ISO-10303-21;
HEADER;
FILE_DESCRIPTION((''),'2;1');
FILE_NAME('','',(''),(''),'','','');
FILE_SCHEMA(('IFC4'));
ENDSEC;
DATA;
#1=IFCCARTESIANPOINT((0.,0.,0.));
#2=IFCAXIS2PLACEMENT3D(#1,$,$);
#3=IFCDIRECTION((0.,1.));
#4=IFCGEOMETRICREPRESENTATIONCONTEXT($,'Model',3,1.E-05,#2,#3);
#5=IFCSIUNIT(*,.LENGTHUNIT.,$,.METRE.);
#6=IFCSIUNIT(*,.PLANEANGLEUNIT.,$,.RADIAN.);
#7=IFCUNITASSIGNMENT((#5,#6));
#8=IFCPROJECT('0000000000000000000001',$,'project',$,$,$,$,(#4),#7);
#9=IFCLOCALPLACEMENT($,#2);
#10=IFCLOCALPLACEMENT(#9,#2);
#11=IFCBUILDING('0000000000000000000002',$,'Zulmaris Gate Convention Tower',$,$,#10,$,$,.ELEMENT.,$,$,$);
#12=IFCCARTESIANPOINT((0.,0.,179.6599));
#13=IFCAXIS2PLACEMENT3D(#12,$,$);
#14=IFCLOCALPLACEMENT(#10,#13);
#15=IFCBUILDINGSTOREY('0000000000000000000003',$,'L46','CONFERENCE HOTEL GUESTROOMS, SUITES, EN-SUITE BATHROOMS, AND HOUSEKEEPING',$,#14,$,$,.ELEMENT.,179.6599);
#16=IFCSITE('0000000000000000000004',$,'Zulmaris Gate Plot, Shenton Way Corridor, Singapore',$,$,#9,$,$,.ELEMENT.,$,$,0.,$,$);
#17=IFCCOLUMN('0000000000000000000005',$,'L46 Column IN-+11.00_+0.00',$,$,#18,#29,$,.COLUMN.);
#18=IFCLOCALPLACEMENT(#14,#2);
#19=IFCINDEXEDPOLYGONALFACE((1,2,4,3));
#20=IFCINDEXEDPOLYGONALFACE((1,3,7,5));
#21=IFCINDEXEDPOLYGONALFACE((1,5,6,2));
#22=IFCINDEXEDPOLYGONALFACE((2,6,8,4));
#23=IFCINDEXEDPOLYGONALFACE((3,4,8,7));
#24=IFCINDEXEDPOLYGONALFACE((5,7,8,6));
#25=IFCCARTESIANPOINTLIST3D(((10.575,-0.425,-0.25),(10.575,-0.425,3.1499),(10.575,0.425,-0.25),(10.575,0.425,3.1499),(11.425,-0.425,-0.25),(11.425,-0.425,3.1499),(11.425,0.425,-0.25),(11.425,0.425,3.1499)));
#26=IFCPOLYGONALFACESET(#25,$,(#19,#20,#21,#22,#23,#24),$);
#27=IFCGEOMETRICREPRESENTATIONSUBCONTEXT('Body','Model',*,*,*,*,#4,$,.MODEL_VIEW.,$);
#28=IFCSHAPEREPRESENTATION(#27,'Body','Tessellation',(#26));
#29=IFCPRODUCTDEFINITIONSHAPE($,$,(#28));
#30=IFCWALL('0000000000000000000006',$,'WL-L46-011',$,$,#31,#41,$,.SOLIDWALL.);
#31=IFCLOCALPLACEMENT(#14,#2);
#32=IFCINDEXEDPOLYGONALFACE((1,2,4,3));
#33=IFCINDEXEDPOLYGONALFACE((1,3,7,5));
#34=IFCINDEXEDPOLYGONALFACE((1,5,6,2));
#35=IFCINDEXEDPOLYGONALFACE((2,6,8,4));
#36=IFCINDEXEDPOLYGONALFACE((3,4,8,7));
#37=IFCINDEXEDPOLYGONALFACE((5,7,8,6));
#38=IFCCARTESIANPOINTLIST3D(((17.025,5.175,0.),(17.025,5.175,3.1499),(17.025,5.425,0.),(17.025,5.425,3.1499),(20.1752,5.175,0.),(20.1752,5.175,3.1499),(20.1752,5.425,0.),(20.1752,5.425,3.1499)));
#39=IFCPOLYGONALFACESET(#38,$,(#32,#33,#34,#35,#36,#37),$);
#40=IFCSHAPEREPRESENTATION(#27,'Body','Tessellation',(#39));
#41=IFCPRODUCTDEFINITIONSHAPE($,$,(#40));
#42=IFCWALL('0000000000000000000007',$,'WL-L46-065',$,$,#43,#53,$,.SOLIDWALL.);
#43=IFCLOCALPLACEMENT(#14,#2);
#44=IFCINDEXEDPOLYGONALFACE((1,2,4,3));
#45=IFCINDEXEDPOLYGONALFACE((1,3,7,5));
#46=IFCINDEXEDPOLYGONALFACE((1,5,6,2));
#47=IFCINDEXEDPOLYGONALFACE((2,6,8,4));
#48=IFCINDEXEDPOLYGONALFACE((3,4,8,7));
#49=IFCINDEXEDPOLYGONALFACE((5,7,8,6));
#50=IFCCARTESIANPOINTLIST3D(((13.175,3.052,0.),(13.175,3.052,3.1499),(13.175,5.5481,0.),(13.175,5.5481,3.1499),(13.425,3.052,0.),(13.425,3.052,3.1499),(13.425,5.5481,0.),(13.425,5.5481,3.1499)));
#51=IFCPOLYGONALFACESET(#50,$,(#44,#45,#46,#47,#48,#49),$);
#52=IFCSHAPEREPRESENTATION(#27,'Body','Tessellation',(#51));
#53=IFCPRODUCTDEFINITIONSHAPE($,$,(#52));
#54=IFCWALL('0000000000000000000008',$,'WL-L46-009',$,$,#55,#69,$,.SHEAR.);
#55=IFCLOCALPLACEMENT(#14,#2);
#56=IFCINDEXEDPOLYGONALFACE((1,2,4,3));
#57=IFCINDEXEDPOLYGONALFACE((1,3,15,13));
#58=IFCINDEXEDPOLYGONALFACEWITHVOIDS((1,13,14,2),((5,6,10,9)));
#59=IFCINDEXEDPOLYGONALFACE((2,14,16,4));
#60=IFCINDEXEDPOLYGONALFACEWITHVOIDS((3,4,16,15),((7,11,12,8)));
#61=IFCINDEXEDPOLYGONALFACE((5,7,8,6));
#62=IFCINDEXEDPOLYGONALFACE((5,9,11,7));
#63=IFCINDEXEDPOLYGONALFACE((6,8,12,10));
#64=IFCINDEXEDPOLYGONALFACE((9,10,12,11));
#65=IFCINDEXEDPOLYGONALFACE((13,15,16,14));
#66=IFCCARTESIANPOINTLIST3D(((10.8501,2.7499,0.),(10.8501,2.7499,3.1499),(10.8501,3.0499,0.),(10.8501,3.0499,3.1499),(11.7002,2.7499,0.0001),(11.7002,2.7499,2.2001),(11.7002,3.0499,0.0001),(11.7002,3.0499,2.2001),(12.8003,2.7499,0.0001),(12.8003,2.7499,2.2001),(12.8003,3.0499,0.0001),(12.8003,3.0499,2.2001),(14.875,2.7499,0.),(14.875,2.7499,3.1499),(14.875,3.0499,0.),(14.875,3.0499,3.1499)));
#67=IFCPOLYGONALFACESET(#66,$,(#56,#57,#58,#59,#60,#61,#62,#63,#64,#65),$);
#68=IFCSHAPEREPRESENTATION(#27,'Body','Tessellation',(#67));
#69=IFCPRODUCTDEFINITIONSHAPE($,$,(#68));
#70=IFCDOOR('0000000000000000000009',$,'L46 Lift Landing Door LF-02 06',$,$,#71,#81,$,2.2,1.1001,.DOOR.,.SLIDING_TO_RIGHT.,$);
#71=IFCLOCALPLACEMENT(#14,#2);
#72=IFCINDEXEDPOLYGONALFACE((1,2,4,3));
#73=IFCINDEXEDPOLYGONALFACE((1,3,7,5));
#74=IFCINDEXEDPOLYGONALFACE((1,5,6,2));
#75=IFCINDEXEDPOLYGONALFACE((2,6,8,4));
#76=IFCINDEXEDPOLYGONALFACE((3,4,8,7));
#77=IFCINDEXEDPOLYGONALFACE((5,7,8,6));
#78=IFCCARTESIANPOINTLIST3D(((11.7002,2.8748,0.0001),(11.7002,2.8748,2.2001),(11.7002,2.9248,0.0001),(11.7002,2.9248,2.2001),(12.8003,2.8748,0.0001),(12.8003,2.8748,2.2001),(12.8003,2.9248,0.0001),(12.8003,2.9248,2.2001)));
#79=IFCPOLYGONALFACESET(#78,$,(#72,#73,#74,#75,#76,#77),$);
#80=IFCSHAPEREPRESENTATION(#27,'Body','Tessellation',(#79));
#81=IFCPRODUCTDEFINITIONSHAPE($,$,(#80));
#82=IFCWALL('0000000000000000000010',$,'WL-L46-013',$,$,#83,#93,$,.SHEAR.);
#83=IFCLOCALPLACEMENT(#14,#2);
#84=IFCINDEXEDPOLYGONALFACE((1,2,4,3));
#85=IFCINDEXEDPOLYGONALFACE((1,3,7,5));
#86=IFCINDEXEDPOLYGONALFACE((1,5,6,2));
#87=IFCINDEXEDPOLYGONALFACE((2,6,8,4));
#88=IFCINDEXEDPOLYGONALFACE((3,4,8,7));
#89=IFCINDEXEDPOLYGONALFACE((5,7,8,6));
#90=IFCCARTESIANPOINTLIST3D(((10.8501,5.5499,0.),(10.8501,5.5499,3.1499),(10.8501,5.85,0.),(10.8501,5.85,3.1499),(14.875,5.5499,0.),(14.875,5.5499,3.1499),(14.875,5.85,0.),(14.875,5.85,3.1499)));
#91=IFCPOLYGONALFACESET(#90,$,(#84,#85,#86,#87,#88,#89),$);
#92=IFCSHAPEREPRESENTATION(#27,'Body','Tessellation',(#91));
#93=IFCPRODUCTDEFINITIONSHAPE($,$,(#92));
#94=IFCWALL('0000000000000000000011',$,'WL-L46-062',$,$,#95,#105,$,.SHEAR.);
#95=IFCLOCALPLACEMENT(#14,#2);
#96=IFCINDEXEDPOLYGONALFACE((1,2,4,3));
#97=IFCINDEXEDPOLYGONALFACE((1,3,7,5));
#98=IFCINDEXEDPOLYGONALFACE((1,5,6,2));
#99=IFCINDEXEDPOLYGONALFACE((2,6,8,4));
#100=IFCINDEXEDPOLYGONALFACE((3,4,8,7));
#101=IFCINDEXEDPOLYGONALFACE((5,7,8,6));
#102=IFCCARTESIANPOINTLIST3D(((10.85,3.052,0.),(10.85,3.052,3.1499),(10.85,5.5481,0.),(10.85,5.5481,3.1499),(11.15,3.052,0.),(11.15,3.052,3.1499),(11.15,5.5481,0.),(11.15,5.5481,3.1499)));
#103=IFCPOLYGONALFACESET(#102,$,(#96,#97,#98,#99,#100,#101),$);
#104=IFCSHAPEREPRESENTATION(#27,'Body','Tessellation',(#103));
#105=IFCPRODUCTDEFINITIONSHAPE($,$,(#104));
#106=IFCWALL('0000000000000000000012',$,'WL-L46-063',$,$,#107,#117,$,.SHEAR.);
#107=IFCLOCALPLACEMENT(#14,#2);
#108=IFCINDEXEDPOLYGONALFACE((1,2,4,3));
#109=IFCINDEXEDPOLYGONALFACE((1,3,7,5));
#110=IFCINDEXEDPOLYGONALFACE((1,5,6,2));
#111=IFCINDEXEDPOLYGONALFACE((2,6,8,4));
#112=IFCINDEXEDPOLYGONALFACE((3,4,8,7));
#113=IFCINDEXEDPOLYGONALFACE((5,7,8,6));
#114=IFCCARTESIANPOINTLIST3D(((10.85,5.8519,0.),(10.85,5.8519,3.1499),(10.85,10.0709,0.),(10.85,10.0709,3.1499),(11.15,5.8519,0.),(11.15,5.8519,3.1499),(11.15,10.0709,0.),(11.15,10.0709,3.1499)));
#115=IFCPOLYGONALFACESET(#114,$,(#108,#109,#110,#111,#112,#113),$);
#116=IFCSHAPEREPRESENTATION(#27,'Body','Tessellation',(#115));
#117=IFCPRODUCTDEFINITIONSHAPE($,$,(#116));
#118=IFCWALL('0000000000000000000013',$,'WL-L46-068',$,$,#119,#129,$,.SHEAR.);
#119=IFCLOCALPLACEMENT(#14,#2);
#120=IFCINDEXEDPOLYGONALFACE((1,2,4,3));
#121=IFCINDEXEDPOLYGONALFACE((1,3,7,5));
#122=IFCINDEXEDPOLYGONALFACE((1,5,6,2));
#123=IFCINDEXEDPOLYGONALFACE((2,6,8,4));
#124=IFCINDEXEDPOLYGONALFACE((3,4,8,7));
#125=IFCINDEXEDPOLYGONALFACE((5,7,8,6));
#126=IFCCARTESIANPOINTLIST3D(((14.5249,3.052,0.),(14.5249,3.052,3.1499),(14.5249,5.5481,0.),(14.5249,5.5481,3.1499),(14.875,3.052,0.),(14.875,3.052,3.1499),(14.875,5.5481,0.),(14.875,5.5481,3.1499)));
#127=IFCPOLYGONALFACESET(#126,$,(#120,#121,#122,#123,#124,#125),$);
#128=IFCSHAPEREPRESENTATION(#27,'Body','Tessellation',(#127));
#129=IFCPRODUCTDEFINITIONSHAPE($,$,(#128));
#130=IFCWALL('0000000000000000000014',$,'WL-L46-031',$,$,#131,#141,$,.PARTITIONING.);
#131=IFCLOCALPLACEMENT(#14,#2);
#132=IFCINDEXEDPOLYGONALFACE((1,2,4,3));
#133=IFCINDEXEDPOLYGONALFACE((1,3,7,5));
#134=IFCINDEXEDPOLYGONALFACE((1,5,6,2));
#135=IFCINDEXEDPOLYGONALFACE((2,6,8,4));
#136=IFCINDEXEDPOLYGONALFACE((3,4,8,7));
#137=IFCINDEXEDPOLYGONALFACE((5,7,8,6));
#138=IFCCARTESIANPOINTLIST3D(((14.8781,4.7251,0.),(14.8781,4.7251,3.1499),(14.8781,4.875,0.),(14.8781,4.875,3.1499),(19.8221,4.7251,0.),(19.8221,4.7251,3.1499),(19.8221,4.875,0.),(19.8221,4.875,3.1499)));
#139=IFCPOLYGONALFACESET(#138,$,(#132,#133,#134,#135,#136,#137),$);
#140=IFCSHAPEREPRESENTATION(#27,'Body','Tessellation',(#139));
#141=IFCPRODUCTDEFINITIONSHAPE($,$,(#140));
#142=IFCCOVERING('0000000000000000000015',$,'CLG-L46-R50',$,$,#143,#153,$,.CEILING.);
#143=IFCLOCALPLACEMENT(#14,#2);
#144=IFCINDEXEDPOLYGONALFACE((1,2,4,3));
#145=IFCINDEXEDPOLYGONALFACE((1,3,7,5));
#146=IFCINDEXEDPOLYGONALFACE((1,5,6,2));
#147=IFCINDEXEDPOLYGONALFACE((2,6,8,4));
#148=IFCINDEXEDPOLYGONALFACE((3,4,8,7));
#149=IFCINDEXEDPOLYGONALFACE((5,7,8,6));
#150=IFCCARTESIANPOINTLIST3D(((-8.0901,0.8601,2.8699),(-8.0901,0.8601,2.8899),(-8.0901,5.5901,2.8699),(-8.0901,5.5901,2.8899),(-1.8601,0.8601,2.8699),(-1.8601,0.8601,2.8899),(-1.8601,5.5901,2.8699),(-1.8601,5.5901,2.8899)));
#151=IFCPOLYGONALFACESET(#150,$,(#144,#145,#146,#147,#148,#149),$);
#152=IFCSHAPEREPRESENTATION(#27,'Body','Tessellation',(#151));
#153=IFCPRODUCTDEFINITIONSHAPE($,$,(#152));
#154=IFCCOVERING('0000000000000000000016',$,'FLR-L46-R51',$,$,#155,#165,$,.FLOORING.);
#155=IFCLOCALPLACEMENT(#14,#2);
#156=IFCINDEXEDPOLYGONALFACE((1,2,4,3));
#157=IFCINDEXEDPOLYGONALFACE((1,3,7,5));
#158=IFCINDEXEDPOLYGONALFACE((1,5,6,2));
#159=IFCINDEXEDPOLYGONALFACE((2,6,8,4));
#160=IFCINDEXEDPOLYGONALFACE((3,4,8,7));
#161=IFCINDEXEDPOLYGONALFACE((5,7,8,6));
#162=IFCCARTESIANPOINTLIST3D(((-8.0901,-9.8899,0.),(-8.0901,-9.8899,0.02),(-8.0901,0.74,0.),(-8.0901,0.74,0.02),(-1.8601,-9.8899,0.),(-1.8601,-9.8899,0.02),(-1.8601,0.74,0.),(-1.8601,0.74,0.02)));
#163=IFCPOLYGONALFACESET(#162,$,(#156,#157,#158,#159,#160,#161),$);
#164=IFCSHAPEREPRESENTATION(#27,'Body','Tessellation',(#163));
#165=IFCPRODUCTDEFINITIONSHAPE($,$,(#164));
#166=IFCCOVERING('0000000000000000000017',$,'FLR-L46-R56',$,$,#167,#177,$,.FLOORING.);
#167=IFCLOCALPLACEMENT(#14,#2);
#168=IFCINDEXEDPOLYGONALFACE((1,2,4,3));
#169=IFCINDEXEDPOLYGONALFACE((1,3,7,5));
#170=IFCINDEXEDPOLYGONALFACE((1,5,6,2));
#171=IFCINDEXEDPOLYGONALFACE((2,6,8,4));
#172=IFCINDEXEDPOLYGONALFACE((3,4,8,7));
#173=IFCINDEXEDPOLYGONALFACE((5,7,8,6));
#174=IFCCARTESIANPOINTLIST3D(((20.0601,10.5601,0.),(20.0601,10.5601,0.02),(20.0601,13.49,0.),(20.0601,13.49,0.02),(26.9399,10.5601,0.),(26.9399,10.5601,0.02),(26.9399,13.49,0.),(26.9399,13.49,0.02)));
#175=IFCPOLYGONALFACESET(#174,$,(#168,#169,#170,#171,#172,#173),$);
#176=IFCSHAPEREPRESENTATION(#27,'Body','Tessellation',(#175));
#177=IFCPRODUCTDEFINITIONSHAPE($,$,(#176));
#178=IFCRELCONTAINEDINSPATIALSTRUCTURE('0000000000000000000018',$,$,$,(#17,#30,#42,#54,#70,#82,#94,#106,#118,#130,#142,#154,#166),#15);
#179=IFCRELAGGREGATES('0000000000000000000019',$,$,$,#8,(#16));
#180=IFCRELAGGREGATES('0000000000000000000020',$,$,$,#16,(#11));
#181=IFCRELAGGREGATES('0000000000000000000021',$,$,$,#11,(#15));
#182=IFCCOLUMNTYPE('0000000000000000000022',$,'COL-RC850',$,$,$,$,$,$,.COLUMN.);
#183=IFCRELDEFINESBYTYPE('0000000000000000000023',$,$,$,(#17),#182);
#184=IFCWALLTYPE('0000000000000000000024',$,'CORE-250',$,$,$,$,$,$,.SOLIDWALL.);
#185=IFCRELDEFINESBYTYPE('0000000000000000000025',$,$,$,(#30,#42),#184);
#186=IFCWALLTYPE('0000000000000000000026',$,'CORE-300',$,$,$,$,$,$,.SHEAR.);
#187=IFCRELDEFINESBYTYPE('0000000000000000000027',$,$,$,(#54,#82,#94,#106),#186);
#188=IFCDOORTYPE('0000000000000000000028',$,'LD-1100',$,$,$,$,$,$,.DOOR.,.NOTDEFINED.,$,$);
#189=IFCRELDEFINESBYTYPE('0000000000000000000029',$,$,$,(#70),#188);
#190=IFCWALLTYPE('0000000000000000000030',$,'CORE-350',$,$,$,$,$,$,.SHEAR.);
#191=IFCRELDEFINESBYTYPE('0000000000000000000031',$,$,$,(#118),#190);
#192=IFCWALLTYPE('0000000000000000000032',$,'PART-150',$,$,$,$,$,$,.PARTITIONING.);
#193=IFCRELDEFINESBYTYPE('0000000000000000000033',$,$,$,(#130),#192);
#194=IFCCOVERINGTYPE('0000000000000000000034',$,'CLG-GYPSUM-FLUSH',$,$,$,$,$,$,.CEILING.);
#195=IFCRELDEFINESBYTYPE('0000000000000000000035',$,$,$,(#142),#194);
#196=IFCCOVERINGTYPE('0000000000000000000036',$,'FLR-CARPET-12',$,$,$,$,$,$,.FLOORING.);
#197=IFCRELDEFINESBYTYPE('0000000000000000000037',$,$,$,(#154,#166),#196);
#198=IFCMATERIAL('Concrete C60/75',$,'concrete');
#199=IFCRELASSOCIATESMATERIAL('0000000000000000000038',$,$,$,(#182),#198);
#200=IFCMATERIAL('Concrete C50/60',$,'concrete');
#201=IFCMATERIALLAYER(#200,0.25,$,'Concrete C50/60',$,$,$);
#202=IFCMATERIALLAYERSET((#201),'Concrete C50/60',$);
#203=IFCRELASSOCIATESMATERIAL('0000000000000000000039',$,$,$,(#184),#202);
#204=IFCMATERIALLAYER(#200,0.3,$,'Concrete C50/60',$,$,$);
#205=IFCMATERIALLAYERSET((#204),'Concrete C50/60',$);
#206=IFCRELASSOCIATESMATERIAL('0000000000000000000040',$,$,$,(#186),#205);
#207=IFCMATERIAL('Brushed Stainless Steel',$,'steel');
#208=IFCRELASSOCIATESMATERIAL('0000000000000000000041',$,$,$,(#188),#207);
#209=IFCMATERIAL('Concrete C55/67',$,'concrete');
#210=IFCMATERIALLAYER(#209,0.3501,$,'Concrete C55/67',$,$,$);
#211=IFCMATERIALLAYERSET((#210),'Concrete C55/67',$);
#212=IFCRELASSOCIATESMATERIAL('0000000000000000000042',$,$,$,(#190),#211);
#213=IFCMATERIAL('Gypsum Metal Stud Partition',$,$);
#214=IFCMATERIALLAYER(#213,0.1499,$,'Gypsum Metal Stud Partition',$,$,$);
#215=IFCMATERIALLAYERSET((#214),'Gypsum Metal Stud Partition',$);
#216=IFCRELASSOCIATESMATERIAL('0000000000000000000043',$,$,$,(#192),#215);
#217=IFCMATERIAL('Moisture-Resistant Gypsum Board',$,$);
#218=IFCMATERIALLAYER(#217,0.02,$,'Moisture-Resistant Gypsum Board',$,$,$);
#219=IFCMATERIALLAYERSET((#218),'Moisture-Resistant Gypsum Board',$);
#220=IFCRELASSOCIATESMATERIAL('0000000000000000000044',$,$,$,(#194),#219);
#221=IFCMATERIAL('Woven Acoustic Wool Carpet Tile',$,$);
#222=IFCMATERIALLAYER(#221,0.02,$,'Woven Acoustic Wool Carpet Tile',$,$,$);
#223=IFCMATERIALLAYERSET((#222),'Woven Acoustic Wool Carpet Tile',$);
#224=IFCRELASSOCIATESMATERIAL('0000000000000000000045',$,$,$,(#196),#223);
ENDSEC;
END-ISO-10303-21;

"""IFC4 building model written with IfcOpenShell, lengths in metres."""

from ifc_helpers import new_model, si_unit, direction, frame, frame_2d, origin, origin_2d, place, context, subcontext, project, spatial, polyline, rectangle, outline, extrude, material, layer, layer_set, material_profile, profile_set, type_object, element, fill, save


model = new_model("IFC4")

# Units and contexts
model_context = context("Model", 3, precision=1e-05, world=origin(), true_north=direction((0.0, 1.0)))
body_context = subcontext(model_context, "Body", "Model", "MODEL_VIEW")
ifc_project = project(units=[si_unit("LENGTHUNIT", "METRE"), si_unit("PLANEANGLEUNIT", "RADIAN")], contexts=[model_context])

# Site, building, storey
site_placement = place(None, origin())
site = spatial("IfcSite", under=ifc_project, at=site_placement, Name="Zulmaris Gate Plot, Shenton Way Corridor, Singapore", CompositionType="ELEMENT", RefElevation=0.0)
building_placement = place(site_placement, origin())
building = spatial("IfcBuilding", under=site, at=building_placement, Name="Zulmaris Gate Convention Tower", CompositionType="ELEMENT")
storey_placement = place(building_placement, frame((0.0, 0.0, 179.6599)))
storey = spatial("IfcBuildingStorey", under=building, at=storey_placement, Name="L46", Description="CONFERENCE HOTEL GUESTROOMS, SUITES, EN-SUITE BATHROOMS, AND HOUSEKEEPING", CompositionType="ELEMENT", Elevation=179.6599)

# Column
ifc_material_1 = material(Name="Concrete C60/75", Category="concrete")
ifc_material_profile = material_profile(ifc_material_1, rectangle(XDim=0.8501, YDim=0.8501, at=origin_2d()), Name="RC COL 850x850")
ifc_profile_set = profile_set([ifc_material_profile], Name="Concrete C60/75")
column_type = type_object("IfcColumnType", Name="COL-RC850", PredefinedType="COLUMN", material=ifc_profile_set)
column_placement = place(storey_placement, frame((11.0, 0.0, -0.25), z_axis=(0.0, 0.0, 1.0), x_axis=(1.0, 0.0, 0.0)))
element("IfcColumn", 1, at=column_placement, inside=storey, type_object=column_type, Name="L46 Column IN-+11.00_+0.00", PredefinedType="COLUMN", context=body_context, shape_type="SweptSolid", body=[
    extrude(rectangle(XDim=0.8501, YDim=0.8501, at=origin_2d()), origin(), (0.0, 0.0, 1.0), 3.3999),
])

# Walls
ifc_material_2 = material(Name="Concrete C50/60", Category="concrete")
ifc_layer_1 = layer(ifc_material_2, 0.25, Name="Concrete C50/60")
ifc_layer_set_1 = layer_set([ifc_layer_1], Name="Concrete C50/60")
wall_type_1 = type_object("IfcWallType", Name="CORE-250", PredefinedType="SOLIDWALL", material=ifc_layer_set_1)
wall_1_placement = place(storey_placement, frame((17.0249, 5.3, 0.0), z_axis=(0.0, 0.0, 1.0), x_axis=(1.0, 0.0, 0.0)))
element("IfcWall", 2, at=wall_1_placement, inside=storey, type_object=wall_type_1, Name="WL-L46-011", PredefinedType="SOLIDWALL", context=body_context, shape_type="SweptSolid", body=[
    extrude(rectangle(XDim=3.1501, YDim=0.25, at=frame_2d((1.5752, 0.0))), origin(), (0.0, 0.0, 1.0), 3.1499),
])
wall_2_placement = place(storey_placement, frame((13.3, 3.052, 0.0), z_axis=(0.0, 0.0, 1.0), x_axis=(0.0, 1.0, 0.0)))
element("IfcWall", 3, at=wall_2_placement, inside=storey, type_object=wall_type_1, Name="WL-L46-065", PredefinedType="SOLIDWALL", context=body_context, shape_type="SweptSolid", body=[
    extrude(rectangle(XDim=2.4961, YDim=0.25, at=frame_2d((1.248, 0.0))), origin(), (0.0, 0.0, 1.0), 3.1499),
])

# Wall, opening, door
ifc_layer_2 = layer(ifc_material_2, 0.3, Name="Concrete C50/60")
ifc_layer_set_2 = layer_set([ifc_layer_2], Name="Concrete C50/60")
wall_type_2 = type_object("IfcWallType", Name="CORE-300", PredefinedType="SHEAR", material=ifc_layer_set_2)
wall_3_placement = place(storey_placement, frame((10.8501, 2.8999, 0.0), z_axis=(0.0, 0.0, 1.0), x_axis=(1.0, 0.0, 0.0)))
wall_3 = element("IfcWall", 4, at=wall_3_placement, inside=storey, type_object=wall_type_2, Name="WL-L46-009", PredefinedType="SHEAR", context=body_context, shape_type="SweptSolid", body=[
    extrude(rectangle(XDim=4.0249, YDim=0.3, at=frame_2d((2.0125, 0.0))), origin(), (0.0, 0.0, 1.0), 3.1499),
])
opening_1_placement = place(wall_3_placement, frame((0.8501, 0.0, 0.0)))
opening_1 = element("IfcOpeningElement", 5, at=opening_1_placement, cuts=wall_3, PredefinedType="OPENING", context=body_context, shape_type="SweptSolid", body=[
    extrude(rectangle(XDim=1.1001, YDim=2.2, at=frame_2d((0.55, 1.1001))), frame((0.0, 0.1602, 0.0), z_axis=(0.0, -1.0, 0.0), x_axis=(1.0, 0.0, 0.0)), (0.0, 0.0, 1.0), 0.3201),
])
ifc_material_3 = material(Name="Brushed Stainless Steel", Category="steel")
door_type_1 = type_object("IfcDoorType", Name="LD-1100", OperationType="NOTDEFINED", PredefinedType="DOOR", material=ifc_material_3)
door_1_placement = place(opening_1_placement, origin())
door_1 = element("IfcDoor", 6, at=door_1_placement, inside=storey, type_object=door_type_1, Name="L46 Lift Landing Door LF-02 06", OperationType="SLIDING_TO_RIGHT", OverallHeight=2.2, OverallWidth=1.1001, PredefinedType="DOOR", context=body_context, shape_type="SweptSolid", body=[
    extrude(rectangle(XDim=1.1001, YDim=2.2, at=frame_2d((0.55, 1.1001))), frame((0.0, 0.0249, 0.0), z_axis=(0.0, -1.0, 0.0), x_axis=(1.0, 0.0, 0.0)), (0.0, 0.0, 1.0), 0.05),
])
fill(opening_1, door_1)

# Wall
wall_4_placement = place(storey_placement, frame((10.8501, 5.7, 0.0), z_axis=(0.0, 0.0, 1.0), x_axis=(1.0, 0.0, 0.0)))
element("IfcWall", 7, at=wall_4_placement, inside=storey, type_object=wall_type_2, Name="WL-L46-013", PredefinedType="SHEAR", context=body_context, shape_type="SweptSolid", body=[
    extrude(rectangle(XDim=4.0249, YDim=0.3, at=frame_2d((2.0125, 0.0))), origin(), (0.0, 0.0, 1.0), 3.1499),
])

# Walls
wall_5_placement = place(storey_placement, frame((11.0, 3.052, 0.0), z_axis=(0.0, 0.0, 1.0), x_axis=(0.0, 1.0, 0.0)))
element("IfcWall", 8, at=wall_5_placement, inside=storey, type_object=wall_type_2, Name="WL-L46-062", PredefinedType="SHEAR", context=body_context, shape_type="SweptSolid", body=[
    extrude(rectangle(XDim=2.4961, YDim=0.3, at=frame_2d((1.248, 0.0))), origin(), (0.0, 0.0, 1.0), 3.1499),
])
wall_6_placement = place(storey_placement, frame((11.0, 5.8521, 0.0), z_axis=(0.0, 0.0, 1.0), x_axis=(0.0, 1.0, 0.0)))
element("IfcWall", 9, at=wall_6_placement, inside=storey, type_object=wall_type_2, Name="WL-L46-063", PredefinedType="SHEAR", context=body_context, shape_type="SweptSolid", body=[
    extrude(rectangle(XDim=4.219, YDim=0.3, at=frame_2d((2.1094, 0.0))), origin(), (0.0, 0.0, 1.0), 3.1499),
])
ifc_material_4 = material(Name="Concrete C55/67", Category="concrete")
ifc_layer_3 = layer(ifc_material_4, 0.3501, Name="Concrete C55/67")
ifc_layer_set_3 = layer_set([ifc_layer_3], Name="Concrete C55/67")
wall_type_3 = type_object("IfcWallType", Name="CORE-350", PredefinedType="SHEAR", material=ifc_layer_set_3)
wall_7_placement = place(storey_placement, frame((14.7, 3.052, 0.0), z_axis=(0.0, 0.0, 1.0), x_axis=(0.0, 1.0, 0.0)))
element("IfcWall", 10, at=wall_7_placement, inside=storey, type_object=wall_type_3, Name="WL-L46-068", PredefinedType="SHEAR", context=body_context, shape_type="SweptSolid", body=[
    extrude(rectangle(XDim=2.4961, YDim=0.3501, at=frame_2d((1.248, 0.0))), origin(), (0.0, 0.0, 1.0), 3.1499),
])
ifc_material_5 = material(Name="Gypsum Metal Stud Partition")
ifc_layer_4 = layer(ifc_material_5, 0.1499, Name="Gypsum Metal Stud Partition")
ifc_layer_set_4 = layer_set([ifc_layer_4], Name="Gypsum Metal Stud Partition")
wall_type_4 = type_object("IfcWallType", Name="PART-150", PredefinedType="PARTITIONING", material=ifc_layer_set_4)
wall_8_placement = place(storey_placement, frame((14.8779, 4.8, 0.0), z_axis=(0.0, 0.0, 1.0), x_axis=(1.0, 0.0, 0.0)))
element("IfcWall", 11, at=wall_8_placement, inside=storey, type_object=wall_type_4, Name="WL-L46-031", PredefinedType="PARTITIONING", context=body_context, shape_type="SweptSolid", body=[
    extrude(rectangle(XDim=4.9441, YDim=0.1499, at=frame_2d((2.4722, 0.0))), origin(), (0.0, 0.0, 1.0), 3.1499),
])

# Coverings
ifc_material_6 = material(Name="Moisture-Resistant Gypsum Board")
ifc_layer_5 = layer(ifc_material_6, 0.02, Name="Moisture-Resistant Gypsum Board")
ifc_layer_set_5 = layer_set([ifc_layer_5], Name="Moisture-Resistant Gypsum Board")
covering_type_1 = type_object("IfcCoveringType", Name="CLG-GYPSUM-FLUSH", PredefinedType="CEILING", material=ifc_layer_set_5)
covering_1_placement = place(storey_placement, frame((0.0, 0.0, 2.8699)))
element("IfcCovering", 12, at=covering_1_placement, inside=storey, type_object=covering_type_1, Name="CLG-L46-R50", PredefinedType="CEILING", context=body_context, shape_type="SweptSolid", body=[
    extrude(outline(polyline([(-8.0901, 0.8601), (-1.8601, 0.8601), (-1.8601, 5.5901), (-8.0901, 5.5901), (-8.0901, 0.8601)])), origin(), (0.0, 0.0, 1.0), 0.02),
])
ifc_material_7 = material(Name="Woven Acoustic Wool Carpet Tile")
ifc_layer_6 = layer(ifc_material_7, 0.02, Name="Woven Acoustic Wool Carpet Tile")
ifc_layer_set_6 = layer_set([ifc_layer_6], Name="Woven Acoustic Wool Carpet Tile")
covering_type_2 = type_object("IfcCoveringType", Name="FLR-CARPET-12", PredefinedType="FLOORING", material=ifc_layer_set_6)
covering_2_placement = place(storey_placement, origin())
element("IfcCovering", 13, at=covering_2_placement, inside=storey, type_object=covering_type_2, Name="FLR-L46-R51", PredefinedType="FLOORING", context=body_context, shape_type="SweptSolid", body=[
    extrude(outline(polyline([(-8.0901, -9.8899), (-1.8601, -9.8899), (-1.8601, 0.74), (-8.0901, 0.74), (-8.0901, -9.8899)])), origin(), (0.0, 0.0, 1.0), 0.02),
])
covering_3_placement = place(storey_placement, origin())
element("IfcCovering", 14, at=covering_3_placement, inside=storey, type_object=covering_type_2, Name="FLR-L46-R56", PredefinedType="FLOORING", context=body_context, shape_type="SweptSolid", body=[
    extrude(outline(polyline([(20.0601, 10.5601), (26.9399, 10.5601), (26.9399, 13.49), (20.0601, 13.49), (20.0601, 10.5601)])), origin(), (0.0, 0.0, 1.0), 0.02),
])

save(model, "model.ifc")
